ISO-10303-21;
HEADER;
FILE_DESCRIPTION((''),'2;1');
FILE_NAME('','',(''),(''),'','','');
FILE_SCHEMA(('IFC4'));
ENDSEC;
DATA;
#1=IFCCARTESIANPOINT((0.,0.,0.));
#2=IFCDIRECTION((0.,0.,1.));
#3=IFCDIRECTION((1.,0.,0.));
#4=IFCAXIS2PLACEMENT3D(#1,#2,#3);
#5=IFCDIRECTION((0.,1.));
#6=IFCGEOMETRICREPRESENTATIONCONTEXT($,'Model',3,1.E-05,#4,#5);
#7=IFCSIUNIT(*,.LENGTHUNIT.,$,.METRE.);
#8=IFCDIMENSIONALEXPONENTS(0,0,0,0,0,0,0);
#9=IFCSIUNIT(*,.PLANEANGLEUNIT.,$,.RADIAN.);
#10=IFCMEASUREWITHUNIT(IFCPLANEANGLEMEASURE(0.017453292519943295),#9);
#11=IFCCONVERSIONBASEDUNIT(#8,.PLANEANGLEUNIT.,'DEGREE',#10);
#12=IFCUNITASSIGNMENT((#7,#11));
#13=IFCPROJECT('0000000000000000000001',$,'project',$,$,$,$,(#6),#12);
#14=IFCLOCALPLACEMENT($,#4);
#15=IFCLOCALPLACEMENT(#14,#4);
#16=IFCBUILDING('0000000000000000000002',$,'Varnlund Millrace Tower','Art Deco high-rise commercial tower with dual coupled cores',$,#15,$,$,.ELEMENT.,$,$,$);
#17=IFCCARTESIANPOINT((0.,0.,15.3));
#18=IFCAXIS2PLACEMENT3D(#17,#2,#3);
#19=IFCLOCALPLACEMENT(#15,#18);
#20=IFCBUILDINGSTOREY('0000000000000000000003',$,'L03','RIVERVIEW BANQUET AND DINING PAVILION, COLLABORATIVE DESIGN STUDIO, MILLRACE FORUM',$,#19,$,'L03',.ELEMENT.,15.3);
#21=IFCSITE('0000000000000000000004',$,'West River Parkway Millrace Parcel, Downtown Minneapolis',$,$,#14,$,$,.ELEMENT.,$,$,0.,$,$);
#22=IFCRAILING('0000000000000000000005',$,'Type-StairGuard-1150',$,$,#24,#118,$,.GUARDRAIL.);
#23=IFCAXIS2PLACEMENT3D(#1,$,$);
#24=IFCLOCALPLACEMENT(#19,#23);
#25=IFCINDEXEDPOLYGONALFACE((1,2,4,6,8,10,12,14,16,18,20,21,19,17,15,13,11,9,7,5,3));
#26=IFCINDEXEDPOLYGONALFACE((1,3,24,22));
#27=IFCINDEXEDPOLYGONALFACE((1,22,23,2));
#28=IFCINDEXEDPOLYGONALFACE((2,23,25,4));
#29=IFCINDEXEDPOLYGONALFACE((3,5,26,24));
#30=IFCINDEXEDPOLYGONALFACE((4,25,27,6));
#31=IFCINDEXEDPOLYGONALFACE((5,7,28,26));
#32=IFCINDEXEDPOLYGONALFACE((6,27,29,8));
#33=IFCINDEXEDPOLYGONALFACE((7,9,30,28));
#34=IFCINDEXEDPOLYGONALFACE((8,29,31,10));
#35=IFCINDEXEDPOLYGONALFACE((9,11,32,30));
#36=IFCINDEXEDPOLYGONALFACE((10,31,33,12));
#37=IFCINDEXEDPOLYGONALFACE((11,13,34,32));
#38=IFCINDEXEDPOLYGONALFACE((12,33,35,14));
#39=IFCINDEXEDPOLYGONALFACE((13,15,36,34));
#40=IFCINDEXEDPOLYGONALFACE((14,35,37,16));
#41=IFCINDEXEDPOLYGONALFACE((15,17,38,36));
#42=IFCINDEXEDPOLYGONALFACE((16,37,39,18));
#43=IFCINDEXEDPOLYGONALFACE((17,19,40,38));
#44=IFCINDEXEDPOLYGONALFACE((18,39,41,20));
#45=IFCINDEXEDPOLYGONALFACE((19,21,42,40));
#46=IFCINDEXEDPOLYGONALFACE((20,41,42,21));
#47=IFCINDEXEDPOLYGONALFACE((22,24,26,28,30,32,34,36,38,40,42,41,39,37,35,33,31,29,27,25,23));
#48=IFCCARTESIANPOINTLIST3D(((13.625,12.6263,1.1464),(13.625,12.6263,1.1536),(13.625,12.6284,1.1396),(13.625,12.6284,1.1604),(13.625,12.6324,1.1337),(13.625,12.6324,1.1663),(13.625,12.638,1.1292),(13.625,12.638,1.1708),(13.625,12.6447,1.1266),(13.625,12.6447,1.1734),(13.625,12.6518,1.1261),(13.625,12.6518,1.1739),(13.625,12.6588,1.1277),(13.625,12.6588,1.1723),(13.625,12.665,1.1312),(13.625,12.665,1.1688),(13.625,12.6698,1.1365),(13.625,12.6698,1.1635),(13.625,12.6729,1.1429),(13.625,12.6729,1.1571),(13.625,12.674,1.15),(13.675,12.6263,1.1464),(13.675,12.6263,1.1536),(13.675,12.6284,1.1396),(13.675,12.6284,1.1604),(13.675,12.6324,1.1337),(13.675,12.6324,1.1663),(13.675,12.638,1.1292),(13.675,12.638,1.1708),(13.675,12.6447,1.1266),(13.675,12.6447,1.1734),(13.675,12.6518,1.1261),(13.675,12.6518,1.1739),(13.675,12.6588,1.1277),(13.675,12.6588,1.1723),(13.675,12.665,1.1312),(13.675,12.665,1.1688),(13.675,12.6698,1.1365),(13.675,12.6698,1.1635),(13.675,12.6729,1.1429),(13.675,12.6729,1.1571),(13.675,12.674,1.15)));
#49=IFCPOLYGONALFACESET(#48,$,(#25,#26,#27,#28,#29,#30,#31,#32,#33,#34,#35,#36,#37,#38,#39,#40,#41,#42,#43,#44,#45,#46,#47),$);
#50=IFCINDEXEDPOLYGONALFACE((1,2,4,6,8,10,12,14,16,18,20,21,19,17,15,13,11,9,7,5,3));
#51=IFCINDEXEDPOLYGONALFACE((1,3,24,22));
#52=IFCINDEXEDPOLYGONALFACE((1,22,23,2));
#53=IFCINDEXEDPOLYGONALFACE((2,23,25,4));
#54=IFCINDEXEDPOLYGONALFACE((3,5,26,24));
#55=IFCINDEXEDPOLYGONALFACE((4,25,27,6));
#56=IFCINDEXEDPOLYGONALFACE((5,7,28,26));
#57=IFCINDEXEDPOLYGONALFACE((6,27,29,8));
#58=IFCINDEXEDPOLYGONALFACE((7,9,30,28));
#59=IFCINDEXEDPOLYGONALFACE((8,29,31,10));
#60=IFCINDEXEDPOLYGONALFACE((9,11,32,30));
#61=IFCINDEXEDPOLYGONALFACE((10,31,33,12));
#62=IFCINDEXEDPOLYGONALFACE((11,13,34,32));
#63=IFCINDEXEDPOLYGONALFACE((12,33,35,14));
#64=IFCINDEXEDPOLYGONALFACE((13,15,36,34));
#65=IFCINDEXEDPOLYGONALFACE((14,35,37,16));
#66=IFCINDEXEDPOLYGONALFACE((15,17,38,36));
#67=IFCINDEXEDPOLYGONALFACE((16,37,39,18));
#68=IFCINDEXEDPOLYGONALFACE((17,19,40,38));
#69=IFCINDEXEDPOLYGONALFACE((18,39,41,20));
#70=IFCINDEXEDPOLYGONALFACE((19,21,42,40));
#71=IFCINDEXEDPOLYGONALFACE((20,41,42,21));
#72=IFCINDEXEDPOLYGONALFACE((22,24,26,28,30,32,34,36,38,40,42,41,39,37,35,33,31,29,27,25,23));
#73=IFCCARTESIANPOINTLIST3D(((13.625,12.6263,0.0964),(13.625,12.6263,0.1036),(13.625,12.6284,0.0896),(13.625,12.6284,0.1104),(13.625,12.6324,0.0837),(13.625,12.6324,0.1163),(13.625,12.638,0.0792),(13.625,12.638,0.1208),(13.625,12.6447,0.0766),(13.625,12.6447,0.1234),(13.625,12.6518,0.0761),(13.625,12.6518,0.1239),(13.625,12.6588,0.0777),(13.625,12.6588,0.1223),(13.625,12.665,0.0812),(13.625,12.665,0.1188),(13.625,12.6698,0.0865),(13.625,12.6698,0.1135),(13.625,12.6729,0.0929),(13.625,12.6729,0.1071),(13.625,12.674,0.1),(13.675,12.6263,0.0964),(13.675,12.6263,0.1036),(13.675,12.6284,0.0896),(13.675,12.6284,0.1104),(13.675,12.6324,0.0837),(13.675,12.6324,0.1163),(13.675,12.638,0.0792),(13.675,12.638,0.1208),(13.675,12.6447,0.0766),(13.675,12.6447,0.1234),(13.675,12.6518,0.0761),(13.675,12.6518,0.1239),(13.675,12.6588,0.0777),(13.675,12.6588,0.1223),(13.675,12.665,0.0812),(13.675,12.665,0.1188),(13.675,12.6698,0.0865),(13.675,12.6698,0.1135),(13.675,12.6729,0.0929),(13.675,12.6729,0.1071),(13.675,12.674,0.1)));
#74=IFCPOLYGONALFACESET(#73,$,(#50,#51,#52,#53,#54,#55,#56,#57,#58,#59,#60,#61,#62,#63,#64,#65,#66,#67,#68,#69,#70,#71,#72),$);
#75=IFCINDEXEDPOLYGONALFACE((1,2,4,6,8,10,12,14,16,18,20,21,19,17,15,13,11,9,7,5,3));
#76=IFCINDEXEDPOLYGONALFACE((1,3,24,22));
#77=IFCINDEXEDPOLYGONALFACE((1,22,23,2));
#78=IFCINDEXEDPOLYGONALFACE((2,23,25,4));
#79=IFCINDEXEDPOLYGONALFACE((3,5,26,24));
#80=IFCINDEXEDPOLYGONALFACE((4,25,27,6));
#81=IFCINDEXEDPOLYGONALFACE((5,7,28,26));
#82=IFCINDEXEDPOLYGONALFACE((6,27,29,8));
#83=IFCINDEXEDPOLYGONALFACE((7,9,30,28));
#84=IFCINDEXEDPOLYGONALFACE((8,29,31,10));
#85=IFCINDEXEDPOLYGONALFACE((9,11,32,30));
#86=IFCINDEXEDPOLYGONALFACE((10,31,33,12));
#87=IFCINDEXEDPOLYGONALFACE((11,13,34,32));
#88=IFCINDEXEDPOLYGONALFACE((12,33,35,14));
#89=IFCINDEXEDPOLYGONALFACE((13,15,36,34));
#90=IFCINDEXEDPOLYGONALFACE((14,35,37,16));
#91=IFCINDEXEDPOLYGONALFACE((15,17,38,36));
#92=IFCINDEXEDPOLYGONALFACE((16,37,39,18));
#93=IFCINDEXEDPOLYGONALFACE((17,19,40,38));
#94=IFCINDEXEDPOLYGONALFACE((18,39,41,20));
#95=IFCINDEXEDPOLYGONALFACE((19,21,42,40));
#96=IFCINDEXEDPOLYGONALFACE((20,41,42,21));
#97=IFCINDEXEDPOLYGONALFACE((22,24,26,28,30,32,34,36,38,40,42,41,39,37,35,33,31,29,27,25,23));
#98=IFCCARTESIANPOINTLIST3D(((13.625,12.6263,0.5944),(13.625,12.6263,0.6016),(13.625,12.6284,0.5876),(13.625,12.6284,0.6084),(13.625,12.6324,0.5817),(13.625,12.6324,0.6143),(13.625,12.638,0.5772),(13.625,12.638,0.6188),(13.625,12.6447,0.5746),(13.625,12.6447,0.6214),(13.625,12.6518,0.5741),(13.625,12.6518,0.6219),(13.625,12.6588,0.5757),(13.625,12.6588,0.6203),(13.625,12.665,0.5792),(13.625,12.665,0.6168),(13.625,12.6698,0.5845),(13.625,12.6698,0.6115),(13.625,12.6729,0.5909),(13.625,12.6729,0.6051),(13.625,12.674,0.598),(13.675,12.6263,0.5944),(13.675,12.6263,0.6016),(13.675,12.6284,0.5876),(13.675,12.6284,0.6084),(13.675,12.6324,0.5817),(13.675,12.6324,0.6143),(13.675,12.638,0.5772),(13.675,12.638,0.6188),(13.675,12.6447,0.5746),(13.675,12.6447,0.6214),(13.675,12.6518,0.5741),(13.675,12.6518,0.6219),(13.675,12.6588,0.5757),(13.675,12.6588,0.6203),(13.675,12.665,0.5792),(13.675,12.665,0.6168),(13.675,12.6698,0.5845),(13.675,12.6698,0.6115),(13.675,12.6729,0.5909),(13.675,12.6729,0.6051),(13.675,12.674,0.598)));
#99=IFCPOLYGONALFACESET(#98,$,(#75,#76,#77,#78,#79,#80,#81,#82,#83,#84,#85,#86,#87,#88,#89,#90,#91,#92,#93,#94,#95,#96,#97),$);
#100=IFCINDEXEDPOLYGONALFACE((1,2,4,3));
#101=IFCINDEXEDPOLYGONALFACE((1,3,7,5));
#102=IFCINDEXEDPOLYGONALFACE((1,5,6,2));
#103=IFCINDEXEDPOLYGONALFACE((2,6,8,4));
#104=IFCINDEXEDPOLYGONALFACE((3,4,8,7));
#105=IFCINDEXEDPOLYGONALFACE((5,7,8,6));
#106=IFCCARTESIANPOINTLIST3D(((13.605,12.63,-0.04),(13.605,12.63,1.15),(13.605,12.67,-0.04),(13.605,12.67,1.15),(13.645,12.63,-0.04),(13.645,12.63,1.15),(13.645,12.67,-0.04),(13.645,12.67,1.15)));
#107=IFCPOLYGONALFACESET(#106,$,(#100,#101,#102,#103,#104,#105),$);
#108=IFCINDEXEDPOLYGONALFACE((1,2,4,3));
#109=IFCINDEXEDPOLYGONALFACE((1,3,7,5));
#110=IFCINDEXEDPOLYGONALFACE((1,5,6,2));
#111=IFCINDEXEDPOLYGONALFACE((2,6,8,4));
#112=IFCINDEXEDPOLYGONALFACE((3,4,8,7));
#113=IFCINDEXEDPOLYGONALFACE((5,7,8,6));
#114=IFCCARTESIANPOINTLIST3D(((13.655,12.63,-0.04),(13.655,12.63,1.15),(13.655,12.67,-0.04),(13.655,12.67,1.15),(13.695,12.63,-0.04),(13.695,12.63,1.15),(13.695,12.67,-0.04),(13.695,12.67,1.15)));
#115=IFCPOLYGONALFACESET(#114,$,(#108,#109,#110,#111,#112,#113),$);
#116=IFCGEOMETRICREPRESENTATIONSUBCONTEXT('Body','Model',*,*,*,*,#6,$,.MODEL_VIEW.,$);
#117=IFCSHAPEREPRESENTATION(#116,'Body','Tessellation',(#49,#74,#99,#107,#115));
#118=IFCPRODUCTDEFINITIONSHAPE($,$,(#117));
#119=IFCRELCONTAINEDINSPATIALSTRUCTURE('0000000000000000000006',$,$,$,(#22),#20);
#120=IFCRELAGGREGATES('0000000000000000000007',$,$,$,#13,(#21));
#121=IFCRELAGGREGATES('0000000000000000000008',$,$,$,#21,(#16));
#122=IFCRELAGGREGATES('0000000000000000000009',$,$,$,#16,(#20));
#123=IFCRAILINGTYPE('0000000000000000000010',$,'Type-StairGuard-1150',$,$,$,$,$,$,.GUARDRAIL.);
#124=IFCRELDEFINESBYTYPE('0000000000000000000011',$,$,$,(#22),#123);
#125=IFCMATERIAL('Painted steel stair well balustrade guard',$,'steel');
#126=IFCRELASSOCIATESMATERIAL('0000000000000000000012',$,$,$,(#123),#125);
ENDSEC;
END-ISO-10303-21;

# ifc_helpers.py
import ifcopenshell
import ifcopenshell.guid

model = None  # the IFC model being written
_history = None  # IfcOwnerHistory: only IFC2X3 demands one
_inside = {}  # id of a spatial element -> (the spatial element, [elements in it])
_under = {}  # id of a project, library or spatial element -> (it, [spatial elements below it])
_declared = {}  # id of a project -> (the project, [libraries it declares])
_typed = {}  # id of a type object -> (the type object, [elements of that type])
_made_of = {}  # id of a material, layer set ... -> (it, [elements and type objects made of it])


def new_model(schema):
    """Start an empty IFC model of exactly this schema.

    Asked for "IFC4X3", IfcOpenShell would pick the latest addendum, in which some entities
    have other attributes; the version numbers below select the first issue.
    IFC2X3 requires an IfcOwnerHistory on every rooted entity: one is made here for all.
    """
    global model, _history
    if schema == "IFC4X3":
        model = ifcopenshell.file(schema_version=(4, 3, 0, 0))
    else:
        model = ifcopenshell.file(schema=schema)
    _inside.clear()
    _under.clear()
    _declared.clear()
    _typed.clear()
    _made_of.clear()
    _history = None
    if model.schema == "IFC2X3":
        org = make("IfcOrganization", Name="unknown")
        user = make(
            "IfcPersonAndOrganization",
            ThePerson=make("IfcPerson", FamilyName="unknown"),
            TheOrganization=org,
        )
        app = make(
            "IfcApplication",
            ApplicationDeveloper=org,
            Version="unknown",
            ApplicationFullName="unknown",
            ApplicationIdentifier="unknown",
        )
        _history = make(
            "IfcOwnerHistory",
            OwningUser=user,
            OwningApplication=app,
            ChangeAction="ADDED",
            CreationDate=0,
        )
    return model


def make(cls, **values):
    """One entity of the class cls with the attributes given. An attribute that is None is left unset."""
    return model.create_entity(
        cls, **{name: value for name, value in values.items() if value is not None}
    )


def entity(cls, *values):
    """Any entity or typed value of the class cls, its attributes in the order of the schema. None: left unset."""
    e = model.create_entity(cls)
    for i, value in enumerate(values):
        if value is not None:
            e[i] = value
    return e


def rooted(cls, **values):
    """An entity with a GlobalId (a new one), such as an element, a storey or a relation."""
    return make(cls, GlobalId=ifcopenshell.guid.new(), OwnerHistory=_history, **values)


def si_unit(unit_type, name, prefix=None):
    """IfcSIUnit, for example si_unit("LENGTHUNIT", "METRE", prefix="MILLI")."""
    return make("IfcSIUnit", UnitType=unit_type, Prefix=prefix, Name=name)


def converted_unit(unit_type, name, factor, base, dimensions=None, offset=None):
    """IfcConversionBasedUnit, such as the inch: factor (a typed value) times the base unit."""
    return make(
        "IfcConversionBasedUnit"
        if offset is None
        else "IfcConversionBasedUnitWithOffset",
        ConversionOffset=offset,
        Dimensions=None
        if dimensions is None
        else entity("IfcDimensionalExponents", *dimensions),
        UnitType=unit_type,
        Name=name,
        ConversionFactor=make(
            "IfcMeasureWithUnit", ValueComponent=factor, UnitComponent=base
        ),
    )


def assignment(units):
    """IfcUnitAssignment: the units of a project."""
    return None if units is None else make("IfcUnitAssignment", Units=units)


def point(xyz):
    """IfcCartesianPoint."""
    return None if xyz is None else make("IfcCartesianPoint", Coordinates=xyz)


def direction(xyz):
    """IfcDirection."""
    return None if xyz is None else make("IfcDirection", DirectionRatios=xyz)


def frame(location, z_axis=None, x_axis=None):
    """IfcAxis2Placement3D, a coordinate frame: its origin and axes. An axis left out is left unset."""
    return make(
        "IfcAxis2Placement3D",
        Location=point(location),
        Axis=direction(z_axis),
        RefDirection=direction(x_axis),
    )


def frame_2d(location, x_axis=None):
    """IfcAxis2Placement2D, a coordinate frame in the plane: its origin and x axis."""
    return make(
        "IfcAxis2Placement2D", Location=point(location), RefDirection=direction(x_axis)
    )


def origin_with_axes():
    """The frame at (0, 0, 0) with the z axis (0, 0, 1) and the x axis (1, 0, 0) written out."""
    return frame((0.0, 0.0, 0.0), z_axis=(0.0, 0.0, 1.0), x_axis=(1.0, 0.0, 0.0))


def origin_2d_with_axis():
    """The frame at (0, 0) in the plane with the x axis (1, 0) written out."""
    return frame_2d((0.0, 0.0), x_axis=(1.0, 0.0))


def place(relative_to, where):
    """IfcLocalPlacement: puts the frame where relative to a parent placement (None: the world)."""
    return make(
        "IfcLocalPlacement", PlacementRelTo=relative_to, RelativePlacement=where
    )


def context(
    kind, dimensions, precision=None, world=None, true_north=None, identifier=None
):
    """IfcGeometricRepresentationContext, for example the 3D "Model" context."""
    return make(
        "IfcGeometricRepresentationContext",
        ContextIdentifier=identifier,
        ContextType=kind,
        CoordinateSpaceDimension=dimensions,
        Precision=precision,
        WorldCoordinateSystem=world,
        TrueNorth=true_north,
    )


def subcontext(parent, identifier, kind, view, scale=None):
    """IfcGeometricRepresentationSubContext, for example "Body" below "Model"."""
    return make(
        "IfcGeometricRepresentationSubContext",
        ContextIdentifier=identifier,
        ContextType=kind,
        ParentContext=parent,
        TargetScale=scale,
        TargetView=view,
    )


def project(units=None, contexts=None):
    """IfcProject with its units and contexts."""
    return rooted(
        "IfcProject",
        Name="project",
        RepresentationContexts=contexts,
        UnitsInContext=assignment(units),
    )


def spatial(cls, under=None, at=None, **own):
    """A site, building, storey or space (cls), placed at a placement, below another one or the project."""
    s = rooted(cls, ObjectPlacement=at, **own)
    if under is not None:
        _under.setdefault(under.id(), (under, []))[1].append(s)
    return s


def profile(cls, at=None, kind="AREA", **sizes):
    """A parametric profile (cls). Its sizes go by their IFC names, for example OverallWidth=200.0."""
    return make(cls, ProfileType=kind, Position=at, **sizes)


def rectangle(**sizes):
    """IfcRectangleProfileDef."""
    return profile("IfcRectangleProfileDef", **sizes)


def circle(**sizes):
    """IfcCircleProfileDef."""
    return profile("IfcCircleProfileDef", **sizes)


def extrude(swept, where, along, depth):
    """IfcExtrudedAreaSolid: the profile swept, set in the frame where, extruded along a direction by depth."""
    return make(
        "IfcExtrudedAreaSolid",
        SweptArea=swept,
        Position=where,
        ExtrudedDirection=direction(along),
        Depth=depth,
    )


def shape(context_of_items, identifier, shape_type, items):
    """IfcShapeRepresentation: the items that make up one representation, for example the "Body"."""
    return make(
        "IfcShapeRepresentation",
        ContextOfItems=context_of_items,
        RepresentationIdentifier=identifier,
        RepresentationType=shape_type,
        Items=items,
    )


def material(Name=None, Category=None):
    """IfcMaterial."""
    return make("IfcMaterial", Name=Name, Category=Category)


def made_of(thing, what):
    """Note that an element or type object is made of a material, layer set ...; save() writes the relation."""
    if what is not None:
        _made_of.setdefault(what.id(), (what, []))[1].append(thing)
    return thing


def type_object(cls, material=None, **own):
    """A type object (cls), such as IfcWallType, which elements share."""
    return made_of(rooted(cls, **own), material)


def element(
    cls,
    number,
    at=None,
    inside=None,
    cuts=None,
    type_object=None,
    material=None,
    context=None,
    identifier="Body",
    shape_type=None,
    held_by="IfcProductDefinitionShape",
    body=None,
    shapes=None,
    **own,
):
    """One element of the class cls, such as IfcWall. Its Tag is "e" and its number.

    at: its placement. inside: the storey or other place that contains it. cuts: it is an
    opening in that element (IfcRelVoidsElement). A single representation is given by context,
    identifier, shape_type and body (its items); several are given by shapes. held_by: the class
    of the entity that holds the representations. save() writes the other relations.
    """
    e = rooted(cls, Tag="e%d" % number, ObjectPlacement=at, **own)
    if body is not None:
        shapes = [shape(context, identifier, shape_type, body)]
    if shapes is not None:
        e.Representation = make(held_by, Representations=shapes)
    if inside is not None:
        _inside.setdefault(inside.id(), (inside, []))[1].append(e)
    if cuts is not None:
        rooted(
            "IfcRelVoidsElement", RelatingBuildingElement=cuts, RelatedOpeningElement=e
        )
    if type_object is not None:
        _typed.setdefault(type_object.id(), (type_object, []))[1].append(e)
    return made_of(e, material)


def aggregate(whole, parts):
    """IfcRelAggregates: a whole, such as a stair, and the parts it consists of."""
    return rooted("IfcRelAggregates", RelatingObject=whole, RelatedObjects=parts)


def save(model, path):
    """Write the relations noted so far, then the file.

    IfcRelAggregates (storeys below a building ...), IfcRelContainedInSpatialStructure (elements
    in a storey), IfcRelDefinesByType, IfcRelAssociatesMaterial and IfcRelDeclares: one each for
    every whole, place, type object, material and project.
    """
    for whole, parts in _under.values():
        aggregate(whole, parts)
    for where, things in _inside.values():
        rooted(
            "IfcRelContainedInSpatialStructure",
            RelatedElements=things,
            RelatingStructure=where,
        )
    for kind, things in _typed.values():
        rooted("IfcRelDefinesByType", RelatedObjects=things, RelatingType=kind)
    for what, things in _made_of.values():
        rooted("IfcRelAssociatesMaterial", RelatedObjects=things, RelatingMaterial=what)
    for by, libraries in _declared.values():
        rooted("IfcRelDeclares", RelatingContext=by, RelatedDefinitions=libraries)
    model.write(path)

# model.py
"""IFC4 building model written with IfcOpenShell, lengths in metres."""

from ifc_helpers import new_model, entity, si_unit, converted_unit, direction, frame, origin_with_axes, origin_2d_with_axis, place, context, subcontext, project, spatial, rectangle, circle, extrude, material, type_object, element, save


model = new_model("IFC4")

# Units and contexts
model_context = context("Model", 3, precision=1e-05, world=origin_with_axes(), true_north=direction((0.0, 1.0)))
body_context = subcontext(model_context, "Body", "Model", "MODEL_VIEW")
ifc_project = project(units=[si_unit("LENGTHUNIT", "METRE"), converted_unit("PLANEANGLEUNIT", "DEGREE", entity("IfcPlaneAngleMeasure", 0.017453292519943295), si_unit("PLANEANGLEUNIT", "RADIAN"), dimensions=[0, 0, 0, 0, 0, 0, 0])], contexts=[model_context])

# Site, building, storey
site_placement = place(None, origin_with_axes())
site = spatial("IfcSite", under=ifc_project, at=site_placement, Name="West River Parkway Millrace Parcel, Downtown Minneapolis", CompositionType="ELEMENT", RefElevation=0.0)
building_placement = place(site_placement, origin_with_axes())
building = spatial("IfcBuilding", under=site, at=building_placement, Name="Varnlund Millrace Tower", Description="Art Deco high-rise commercial tower with dual coupled cores", CompositionType="ELEMENT")
storey_placement = place(building_placement, frame((0.0, 0.0, 15.3), z_axis=(0.0, 0.0, 1.0), x_axis=(1.0, 0.0, 0.0)))
storey = spatial("IfcBuildingStorey", under=building, at=storey_placement, Name="L03", Description="RIVERVIEW BANQUET AND DINING PAVILION, COLLABORATIVE DESIGN STUDIO, MILLRACE FORUM", LongName="L03", CompositionType="ELEMENT", Elevation=15.3)

# Railing
ifc_material_1 = material(Name="Painted steel stair well balustrade guard", Category="steel")
railing_type_1 = type_object("IfcRailingType", Name="Type-StairGuard-1150", PredefinedType="GUARDRAIL", material=ifc_material_1)
railing_1_placement = place(storey_placement, frame((0.0, 0.0, -15.3), z_axis=(0.0, 0.0, 1.0), x_axis=(1.0, 0.0, 0.0)))
element("IfcRailing", 1, at=railing_1_placement, inside=storey, type_object=railing_type_1, Name="Type-StairGuard-1150", PredefinedType="GUARDRAIL", context=body_context, shape_type="SweptSolid", body=[
    extrude(circle(Radius=0.024, at=origin_2d_with_axis()), frame((13.625, 12.65, 16.45), z_axis=(1.0, 0.0, 0.0), x_axis=(0.0, 1.0, 0.0)), (0.0, 0.0, 1.0), 0.05),
    extrude(circle(Radius=0.024, at=origin_2d_with_axis()), frame((13.625, 12.65, 15.4), z_axis=(1.0, 0.0, 0.0), x_axis=(0.0, 1.0, 0.0)), (0.0, 0.0, 1.0), 0.05),
    extrude(circle(Radius=0.024, at=origin_2d_with_axis()), frame((13.625, 12.65, 15.898), z_axis=(1.0, 0.0, 0.0), x_axis=(0.0, 1.0, 0.0)), (0.0, 0.0, 1.0), 0.05),
    extrude(rectangle(XDim=0.04, YDim=0.04, at=origin_2d_with_axis()), frame((13.625, 12.65, 15.26), z_axis=(0.0, 0.0, 1.0), x_axis=(1.0, 0.0, 0.0)), (0.0, 0.0, 1.0), 1.19),
    extrude(rectangle(XDim=0.04, YDim=0.04, at=origin_2d_with_axis()), frame((13.675, 12.65, 15.26), z_axis=(0.0, 0.0, 1.0), x_axis=(1.0, 0.0, 0.0)), (0.0, 0.0, 1.0), 1.19),
])

save(model, "model.ifc")
